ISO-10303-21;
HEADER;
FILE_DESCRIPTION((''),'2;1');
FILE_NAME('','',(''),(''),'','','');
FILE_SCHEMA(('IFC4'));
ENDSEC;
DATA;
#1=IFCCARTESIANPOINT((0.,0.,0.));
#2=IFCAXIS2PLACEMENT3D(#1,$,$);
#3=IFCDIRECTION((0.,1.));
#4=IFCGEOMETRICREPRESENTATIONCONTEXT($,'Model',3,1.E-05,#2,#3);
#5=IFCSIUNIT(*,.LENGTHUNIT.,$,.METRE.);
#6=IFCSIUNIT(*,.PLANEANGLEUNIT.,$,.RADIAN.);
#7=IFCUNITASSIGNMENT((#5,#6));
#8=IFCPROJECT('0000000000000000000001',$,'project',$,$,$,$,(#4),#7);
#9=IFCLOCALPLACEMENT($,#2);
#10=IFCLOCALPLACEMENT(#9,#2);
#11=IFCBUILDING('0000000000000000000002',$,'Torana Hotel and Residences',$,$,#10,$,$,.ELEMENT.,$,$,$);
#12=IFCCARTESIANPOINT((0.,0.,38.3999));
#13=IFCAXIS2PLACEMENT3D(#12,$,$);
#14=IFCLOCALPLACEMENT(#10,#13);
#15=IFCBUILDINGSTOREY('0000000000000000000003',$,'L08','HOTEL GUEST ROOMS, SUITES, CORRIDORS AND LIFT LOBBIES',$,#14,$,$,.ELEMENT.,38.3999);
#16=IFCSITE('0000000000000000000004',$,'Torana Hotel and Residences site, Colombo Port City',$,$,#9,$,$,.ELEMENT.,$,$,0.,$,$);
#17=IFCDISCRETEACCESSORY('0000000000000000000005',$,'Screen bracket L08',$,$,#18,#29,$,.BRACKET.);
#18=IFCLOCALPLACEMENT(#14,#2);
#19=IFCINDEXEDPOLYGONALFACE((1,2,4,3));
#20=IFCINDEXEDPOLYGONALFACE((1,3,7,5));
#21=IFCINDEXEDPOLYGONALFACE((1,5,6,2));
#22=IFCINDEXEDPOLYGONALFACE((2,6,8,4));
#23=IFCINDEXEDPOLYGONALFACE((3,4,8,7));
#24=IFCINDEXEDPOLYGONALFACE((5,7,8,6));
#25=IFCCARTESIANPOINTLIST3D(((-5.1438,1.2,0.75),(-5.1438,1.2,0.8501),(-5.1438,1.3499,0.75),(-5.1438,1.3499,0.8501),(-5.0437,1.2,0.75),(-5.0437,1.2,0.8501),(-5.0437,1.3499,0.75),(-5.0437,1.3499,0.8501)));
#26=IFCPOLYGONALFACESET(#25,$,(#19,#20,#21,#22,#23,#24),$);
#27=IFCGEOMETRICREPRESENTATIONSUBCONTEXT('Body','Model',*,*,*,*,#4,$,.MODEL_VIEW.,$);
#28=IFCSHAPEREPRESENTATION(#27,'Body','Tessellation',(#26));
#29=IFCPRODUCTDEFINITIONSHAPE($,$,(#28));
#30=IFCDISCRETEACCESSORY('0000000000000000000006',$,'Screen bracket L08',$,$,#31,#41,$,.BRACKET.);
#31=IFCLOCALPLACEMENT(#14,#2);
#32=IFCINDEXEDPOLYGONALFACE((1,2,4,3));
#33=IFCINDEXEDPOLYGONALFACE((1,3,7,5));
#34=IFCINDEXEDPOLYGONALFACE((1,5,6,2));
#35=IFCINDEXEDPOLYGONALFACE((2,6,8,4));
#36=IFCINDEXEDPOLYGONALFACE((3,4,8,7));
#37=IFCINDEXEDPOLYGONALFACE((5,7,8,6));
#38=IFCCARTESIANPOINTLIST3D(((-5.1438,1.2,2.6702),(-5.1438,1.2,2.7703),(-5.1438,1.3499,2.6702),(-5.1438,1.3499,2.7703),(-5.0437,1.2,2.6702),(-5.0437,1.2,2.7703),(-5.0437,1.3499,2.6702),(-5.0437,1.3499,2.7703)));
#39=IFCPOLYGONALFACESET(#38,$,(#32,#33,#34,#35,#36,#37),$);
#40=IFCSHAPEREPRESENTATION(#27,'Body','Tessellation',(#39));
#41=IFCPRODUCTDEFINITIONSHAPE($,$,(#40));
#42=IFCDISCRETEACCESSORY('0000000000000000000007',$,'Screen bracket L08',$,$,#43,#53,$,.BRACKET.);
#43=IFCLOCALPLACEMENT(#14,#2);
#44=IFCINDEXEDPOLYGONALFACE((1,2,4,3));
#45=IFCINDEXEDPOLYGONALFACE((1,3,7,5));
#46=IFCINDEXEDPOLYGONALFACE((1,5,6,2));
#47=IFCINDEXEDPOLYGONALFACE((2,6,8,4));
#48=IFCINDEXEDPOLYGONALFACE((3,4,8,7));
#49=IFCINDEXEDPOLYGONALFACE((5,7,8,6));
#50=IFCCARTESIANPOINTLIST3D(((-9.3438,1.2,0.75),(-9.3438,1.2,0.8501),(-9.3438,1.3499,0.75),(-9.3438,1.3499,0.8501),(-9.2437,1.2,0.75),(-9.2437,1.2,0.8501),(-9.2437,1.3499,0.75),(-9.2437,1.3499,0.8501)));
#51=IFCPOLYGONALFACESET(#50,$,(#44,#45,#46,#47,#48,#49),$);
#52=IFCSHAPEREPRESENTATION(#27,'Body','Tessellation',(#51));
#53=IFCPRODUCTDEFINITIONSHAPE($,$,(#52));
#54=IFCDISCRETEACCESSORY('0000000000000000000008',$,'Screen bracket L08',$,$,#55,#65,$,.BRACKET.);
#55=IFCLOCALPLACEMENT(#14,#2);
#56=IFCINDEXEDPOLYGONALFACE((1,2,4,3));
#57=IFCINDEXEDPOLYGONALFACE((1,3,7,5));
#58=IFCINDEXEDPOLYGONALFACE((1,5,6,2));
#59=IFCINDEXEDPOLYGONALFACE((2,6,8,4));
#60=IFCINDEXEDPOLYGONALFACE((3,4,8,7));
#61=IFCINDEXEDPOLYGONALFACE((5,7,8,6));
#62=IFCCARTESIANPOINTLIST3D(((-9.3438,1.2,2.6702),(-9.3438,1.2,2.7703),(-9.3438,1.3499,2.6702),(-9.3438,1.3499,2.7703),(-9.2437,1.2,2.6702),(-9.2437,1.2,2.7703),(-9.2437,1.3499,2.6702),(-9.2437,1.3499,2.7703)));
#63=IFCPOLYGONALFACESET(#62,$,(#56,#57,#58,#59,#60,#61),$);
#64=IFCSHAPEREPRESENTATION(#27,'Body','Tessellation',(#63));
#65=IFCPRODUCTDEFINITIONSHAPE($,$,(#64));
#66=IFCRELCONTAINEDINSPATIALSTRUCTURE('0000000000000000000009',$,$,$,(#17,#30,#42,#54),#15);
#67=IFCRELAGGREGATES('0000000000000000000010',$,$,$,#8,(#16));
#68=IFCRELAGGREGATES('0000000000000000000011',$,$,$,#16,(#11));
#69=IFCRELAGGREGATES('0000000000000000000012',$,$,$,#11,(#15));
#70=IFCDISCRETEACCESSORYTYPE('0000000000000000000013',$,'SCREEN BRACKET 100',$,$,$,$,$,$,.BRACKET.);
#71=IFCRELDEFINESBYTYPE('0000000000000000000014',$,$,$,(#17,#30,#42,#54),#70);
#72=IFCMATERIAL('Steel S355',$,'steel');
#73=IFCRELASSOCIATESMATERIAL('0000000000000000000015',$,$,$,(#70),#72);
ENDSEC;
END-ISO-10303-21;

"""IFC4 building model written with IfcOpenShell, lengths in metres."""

from ifc_helpers import new_model, si_unit, direction, frame, origin, origin_2d, place, context, subcontext, project, spatial, rectangle, extrude, material, type_object, element, save


model = new_model("IFC4")

# Units and contexts
model_context = context("Model", 3, precision=1e-05, world=origin(), true_north=direction((0.0, 1.0)))
body_context = subcontext(model_context, "Body", "Model", "MODEL_VIEW")
ifc_project = project(units=[si_unit("LENGTHUNIT", "METRE"), si_unit("PLANEANGLEUNIT", "RADIAN")], contexts=[model_context])

# Site, building, storey
site_placement = place(None, origin())
site = spatial("IfcSite", under=ifc_project, at=site_placement, Name="Torana Hotel and Residences site, Colombo Port City", CompositionType="ELEMENT", RefElevation=0.0)
building_placement = place(site_placement, origin())
building = spatial("IfcBuilding", under=site, at=building_placement, Name="Torana Hotel and Residences", CompositionType="ELEMENT")
storey_placement = place(building_placement, frame((0.0, 0.0, 38.3999)))
storey = spatial("IfcBuildingStorey", under=building, at=storey_placement, Name="L08", Description="HOTEL GUEST ROOMS, SUITES, CORRIDORS AND LIFT LOBBIES", CompositionType="ELEMENT", Elevation=38.3999)

# Discrete accessories
ifc_material_1 = material(Name="Steel S355", Category="steel")
discrete_accessory_type = type_object("IfcDiscreteAccessoryType", Name="SCREEN BRACKET 100", PredefinedType="BRACKET", material=ifc_material_1)
for number, where, z_axis, x_axis, name in (
    (1, (-5.0938, 1.2749, 0.75), (0.0, 0.0, 1.0), (-1.0, 0.0, 0.0), "Screen bracket L08"),
    (2, (-5.0938, 1.2749, 2.6702), (0.0, 0.0, 1.0), (-1.0, 0.0, 0.0), "Screen bracket L08"),
    (3, (-9.2937, 1.2749, 0.75), (0.0, 0.0, 1.0), (-1.0, 0.0, 0.0), "Screen bracket L08"),
    (4, (-9.2937, 1.2749, 2.6702), (0.0, 0.0, 1.0), (-1.0, 0.0, 0.0), "Screen bracket L08"),
):
    element("IfcDiscreteAccessory", number, at=place(storey_placement, frame(where, z_axis=z_axis, x_axis=x_axis)), inside=storey, type_object=discrete_accessory_type, Name=name, PredefinedType="BRACKET", context=body_context, shape_type="SweptSolid", body=[
        extrude(rectangle(XDim=0.1001, YDim=0.1499, at=origin_2d()), origin(), (0.0, 0.0, 1.0), 0.1001),
    ])

save(model, "model.ifc")
